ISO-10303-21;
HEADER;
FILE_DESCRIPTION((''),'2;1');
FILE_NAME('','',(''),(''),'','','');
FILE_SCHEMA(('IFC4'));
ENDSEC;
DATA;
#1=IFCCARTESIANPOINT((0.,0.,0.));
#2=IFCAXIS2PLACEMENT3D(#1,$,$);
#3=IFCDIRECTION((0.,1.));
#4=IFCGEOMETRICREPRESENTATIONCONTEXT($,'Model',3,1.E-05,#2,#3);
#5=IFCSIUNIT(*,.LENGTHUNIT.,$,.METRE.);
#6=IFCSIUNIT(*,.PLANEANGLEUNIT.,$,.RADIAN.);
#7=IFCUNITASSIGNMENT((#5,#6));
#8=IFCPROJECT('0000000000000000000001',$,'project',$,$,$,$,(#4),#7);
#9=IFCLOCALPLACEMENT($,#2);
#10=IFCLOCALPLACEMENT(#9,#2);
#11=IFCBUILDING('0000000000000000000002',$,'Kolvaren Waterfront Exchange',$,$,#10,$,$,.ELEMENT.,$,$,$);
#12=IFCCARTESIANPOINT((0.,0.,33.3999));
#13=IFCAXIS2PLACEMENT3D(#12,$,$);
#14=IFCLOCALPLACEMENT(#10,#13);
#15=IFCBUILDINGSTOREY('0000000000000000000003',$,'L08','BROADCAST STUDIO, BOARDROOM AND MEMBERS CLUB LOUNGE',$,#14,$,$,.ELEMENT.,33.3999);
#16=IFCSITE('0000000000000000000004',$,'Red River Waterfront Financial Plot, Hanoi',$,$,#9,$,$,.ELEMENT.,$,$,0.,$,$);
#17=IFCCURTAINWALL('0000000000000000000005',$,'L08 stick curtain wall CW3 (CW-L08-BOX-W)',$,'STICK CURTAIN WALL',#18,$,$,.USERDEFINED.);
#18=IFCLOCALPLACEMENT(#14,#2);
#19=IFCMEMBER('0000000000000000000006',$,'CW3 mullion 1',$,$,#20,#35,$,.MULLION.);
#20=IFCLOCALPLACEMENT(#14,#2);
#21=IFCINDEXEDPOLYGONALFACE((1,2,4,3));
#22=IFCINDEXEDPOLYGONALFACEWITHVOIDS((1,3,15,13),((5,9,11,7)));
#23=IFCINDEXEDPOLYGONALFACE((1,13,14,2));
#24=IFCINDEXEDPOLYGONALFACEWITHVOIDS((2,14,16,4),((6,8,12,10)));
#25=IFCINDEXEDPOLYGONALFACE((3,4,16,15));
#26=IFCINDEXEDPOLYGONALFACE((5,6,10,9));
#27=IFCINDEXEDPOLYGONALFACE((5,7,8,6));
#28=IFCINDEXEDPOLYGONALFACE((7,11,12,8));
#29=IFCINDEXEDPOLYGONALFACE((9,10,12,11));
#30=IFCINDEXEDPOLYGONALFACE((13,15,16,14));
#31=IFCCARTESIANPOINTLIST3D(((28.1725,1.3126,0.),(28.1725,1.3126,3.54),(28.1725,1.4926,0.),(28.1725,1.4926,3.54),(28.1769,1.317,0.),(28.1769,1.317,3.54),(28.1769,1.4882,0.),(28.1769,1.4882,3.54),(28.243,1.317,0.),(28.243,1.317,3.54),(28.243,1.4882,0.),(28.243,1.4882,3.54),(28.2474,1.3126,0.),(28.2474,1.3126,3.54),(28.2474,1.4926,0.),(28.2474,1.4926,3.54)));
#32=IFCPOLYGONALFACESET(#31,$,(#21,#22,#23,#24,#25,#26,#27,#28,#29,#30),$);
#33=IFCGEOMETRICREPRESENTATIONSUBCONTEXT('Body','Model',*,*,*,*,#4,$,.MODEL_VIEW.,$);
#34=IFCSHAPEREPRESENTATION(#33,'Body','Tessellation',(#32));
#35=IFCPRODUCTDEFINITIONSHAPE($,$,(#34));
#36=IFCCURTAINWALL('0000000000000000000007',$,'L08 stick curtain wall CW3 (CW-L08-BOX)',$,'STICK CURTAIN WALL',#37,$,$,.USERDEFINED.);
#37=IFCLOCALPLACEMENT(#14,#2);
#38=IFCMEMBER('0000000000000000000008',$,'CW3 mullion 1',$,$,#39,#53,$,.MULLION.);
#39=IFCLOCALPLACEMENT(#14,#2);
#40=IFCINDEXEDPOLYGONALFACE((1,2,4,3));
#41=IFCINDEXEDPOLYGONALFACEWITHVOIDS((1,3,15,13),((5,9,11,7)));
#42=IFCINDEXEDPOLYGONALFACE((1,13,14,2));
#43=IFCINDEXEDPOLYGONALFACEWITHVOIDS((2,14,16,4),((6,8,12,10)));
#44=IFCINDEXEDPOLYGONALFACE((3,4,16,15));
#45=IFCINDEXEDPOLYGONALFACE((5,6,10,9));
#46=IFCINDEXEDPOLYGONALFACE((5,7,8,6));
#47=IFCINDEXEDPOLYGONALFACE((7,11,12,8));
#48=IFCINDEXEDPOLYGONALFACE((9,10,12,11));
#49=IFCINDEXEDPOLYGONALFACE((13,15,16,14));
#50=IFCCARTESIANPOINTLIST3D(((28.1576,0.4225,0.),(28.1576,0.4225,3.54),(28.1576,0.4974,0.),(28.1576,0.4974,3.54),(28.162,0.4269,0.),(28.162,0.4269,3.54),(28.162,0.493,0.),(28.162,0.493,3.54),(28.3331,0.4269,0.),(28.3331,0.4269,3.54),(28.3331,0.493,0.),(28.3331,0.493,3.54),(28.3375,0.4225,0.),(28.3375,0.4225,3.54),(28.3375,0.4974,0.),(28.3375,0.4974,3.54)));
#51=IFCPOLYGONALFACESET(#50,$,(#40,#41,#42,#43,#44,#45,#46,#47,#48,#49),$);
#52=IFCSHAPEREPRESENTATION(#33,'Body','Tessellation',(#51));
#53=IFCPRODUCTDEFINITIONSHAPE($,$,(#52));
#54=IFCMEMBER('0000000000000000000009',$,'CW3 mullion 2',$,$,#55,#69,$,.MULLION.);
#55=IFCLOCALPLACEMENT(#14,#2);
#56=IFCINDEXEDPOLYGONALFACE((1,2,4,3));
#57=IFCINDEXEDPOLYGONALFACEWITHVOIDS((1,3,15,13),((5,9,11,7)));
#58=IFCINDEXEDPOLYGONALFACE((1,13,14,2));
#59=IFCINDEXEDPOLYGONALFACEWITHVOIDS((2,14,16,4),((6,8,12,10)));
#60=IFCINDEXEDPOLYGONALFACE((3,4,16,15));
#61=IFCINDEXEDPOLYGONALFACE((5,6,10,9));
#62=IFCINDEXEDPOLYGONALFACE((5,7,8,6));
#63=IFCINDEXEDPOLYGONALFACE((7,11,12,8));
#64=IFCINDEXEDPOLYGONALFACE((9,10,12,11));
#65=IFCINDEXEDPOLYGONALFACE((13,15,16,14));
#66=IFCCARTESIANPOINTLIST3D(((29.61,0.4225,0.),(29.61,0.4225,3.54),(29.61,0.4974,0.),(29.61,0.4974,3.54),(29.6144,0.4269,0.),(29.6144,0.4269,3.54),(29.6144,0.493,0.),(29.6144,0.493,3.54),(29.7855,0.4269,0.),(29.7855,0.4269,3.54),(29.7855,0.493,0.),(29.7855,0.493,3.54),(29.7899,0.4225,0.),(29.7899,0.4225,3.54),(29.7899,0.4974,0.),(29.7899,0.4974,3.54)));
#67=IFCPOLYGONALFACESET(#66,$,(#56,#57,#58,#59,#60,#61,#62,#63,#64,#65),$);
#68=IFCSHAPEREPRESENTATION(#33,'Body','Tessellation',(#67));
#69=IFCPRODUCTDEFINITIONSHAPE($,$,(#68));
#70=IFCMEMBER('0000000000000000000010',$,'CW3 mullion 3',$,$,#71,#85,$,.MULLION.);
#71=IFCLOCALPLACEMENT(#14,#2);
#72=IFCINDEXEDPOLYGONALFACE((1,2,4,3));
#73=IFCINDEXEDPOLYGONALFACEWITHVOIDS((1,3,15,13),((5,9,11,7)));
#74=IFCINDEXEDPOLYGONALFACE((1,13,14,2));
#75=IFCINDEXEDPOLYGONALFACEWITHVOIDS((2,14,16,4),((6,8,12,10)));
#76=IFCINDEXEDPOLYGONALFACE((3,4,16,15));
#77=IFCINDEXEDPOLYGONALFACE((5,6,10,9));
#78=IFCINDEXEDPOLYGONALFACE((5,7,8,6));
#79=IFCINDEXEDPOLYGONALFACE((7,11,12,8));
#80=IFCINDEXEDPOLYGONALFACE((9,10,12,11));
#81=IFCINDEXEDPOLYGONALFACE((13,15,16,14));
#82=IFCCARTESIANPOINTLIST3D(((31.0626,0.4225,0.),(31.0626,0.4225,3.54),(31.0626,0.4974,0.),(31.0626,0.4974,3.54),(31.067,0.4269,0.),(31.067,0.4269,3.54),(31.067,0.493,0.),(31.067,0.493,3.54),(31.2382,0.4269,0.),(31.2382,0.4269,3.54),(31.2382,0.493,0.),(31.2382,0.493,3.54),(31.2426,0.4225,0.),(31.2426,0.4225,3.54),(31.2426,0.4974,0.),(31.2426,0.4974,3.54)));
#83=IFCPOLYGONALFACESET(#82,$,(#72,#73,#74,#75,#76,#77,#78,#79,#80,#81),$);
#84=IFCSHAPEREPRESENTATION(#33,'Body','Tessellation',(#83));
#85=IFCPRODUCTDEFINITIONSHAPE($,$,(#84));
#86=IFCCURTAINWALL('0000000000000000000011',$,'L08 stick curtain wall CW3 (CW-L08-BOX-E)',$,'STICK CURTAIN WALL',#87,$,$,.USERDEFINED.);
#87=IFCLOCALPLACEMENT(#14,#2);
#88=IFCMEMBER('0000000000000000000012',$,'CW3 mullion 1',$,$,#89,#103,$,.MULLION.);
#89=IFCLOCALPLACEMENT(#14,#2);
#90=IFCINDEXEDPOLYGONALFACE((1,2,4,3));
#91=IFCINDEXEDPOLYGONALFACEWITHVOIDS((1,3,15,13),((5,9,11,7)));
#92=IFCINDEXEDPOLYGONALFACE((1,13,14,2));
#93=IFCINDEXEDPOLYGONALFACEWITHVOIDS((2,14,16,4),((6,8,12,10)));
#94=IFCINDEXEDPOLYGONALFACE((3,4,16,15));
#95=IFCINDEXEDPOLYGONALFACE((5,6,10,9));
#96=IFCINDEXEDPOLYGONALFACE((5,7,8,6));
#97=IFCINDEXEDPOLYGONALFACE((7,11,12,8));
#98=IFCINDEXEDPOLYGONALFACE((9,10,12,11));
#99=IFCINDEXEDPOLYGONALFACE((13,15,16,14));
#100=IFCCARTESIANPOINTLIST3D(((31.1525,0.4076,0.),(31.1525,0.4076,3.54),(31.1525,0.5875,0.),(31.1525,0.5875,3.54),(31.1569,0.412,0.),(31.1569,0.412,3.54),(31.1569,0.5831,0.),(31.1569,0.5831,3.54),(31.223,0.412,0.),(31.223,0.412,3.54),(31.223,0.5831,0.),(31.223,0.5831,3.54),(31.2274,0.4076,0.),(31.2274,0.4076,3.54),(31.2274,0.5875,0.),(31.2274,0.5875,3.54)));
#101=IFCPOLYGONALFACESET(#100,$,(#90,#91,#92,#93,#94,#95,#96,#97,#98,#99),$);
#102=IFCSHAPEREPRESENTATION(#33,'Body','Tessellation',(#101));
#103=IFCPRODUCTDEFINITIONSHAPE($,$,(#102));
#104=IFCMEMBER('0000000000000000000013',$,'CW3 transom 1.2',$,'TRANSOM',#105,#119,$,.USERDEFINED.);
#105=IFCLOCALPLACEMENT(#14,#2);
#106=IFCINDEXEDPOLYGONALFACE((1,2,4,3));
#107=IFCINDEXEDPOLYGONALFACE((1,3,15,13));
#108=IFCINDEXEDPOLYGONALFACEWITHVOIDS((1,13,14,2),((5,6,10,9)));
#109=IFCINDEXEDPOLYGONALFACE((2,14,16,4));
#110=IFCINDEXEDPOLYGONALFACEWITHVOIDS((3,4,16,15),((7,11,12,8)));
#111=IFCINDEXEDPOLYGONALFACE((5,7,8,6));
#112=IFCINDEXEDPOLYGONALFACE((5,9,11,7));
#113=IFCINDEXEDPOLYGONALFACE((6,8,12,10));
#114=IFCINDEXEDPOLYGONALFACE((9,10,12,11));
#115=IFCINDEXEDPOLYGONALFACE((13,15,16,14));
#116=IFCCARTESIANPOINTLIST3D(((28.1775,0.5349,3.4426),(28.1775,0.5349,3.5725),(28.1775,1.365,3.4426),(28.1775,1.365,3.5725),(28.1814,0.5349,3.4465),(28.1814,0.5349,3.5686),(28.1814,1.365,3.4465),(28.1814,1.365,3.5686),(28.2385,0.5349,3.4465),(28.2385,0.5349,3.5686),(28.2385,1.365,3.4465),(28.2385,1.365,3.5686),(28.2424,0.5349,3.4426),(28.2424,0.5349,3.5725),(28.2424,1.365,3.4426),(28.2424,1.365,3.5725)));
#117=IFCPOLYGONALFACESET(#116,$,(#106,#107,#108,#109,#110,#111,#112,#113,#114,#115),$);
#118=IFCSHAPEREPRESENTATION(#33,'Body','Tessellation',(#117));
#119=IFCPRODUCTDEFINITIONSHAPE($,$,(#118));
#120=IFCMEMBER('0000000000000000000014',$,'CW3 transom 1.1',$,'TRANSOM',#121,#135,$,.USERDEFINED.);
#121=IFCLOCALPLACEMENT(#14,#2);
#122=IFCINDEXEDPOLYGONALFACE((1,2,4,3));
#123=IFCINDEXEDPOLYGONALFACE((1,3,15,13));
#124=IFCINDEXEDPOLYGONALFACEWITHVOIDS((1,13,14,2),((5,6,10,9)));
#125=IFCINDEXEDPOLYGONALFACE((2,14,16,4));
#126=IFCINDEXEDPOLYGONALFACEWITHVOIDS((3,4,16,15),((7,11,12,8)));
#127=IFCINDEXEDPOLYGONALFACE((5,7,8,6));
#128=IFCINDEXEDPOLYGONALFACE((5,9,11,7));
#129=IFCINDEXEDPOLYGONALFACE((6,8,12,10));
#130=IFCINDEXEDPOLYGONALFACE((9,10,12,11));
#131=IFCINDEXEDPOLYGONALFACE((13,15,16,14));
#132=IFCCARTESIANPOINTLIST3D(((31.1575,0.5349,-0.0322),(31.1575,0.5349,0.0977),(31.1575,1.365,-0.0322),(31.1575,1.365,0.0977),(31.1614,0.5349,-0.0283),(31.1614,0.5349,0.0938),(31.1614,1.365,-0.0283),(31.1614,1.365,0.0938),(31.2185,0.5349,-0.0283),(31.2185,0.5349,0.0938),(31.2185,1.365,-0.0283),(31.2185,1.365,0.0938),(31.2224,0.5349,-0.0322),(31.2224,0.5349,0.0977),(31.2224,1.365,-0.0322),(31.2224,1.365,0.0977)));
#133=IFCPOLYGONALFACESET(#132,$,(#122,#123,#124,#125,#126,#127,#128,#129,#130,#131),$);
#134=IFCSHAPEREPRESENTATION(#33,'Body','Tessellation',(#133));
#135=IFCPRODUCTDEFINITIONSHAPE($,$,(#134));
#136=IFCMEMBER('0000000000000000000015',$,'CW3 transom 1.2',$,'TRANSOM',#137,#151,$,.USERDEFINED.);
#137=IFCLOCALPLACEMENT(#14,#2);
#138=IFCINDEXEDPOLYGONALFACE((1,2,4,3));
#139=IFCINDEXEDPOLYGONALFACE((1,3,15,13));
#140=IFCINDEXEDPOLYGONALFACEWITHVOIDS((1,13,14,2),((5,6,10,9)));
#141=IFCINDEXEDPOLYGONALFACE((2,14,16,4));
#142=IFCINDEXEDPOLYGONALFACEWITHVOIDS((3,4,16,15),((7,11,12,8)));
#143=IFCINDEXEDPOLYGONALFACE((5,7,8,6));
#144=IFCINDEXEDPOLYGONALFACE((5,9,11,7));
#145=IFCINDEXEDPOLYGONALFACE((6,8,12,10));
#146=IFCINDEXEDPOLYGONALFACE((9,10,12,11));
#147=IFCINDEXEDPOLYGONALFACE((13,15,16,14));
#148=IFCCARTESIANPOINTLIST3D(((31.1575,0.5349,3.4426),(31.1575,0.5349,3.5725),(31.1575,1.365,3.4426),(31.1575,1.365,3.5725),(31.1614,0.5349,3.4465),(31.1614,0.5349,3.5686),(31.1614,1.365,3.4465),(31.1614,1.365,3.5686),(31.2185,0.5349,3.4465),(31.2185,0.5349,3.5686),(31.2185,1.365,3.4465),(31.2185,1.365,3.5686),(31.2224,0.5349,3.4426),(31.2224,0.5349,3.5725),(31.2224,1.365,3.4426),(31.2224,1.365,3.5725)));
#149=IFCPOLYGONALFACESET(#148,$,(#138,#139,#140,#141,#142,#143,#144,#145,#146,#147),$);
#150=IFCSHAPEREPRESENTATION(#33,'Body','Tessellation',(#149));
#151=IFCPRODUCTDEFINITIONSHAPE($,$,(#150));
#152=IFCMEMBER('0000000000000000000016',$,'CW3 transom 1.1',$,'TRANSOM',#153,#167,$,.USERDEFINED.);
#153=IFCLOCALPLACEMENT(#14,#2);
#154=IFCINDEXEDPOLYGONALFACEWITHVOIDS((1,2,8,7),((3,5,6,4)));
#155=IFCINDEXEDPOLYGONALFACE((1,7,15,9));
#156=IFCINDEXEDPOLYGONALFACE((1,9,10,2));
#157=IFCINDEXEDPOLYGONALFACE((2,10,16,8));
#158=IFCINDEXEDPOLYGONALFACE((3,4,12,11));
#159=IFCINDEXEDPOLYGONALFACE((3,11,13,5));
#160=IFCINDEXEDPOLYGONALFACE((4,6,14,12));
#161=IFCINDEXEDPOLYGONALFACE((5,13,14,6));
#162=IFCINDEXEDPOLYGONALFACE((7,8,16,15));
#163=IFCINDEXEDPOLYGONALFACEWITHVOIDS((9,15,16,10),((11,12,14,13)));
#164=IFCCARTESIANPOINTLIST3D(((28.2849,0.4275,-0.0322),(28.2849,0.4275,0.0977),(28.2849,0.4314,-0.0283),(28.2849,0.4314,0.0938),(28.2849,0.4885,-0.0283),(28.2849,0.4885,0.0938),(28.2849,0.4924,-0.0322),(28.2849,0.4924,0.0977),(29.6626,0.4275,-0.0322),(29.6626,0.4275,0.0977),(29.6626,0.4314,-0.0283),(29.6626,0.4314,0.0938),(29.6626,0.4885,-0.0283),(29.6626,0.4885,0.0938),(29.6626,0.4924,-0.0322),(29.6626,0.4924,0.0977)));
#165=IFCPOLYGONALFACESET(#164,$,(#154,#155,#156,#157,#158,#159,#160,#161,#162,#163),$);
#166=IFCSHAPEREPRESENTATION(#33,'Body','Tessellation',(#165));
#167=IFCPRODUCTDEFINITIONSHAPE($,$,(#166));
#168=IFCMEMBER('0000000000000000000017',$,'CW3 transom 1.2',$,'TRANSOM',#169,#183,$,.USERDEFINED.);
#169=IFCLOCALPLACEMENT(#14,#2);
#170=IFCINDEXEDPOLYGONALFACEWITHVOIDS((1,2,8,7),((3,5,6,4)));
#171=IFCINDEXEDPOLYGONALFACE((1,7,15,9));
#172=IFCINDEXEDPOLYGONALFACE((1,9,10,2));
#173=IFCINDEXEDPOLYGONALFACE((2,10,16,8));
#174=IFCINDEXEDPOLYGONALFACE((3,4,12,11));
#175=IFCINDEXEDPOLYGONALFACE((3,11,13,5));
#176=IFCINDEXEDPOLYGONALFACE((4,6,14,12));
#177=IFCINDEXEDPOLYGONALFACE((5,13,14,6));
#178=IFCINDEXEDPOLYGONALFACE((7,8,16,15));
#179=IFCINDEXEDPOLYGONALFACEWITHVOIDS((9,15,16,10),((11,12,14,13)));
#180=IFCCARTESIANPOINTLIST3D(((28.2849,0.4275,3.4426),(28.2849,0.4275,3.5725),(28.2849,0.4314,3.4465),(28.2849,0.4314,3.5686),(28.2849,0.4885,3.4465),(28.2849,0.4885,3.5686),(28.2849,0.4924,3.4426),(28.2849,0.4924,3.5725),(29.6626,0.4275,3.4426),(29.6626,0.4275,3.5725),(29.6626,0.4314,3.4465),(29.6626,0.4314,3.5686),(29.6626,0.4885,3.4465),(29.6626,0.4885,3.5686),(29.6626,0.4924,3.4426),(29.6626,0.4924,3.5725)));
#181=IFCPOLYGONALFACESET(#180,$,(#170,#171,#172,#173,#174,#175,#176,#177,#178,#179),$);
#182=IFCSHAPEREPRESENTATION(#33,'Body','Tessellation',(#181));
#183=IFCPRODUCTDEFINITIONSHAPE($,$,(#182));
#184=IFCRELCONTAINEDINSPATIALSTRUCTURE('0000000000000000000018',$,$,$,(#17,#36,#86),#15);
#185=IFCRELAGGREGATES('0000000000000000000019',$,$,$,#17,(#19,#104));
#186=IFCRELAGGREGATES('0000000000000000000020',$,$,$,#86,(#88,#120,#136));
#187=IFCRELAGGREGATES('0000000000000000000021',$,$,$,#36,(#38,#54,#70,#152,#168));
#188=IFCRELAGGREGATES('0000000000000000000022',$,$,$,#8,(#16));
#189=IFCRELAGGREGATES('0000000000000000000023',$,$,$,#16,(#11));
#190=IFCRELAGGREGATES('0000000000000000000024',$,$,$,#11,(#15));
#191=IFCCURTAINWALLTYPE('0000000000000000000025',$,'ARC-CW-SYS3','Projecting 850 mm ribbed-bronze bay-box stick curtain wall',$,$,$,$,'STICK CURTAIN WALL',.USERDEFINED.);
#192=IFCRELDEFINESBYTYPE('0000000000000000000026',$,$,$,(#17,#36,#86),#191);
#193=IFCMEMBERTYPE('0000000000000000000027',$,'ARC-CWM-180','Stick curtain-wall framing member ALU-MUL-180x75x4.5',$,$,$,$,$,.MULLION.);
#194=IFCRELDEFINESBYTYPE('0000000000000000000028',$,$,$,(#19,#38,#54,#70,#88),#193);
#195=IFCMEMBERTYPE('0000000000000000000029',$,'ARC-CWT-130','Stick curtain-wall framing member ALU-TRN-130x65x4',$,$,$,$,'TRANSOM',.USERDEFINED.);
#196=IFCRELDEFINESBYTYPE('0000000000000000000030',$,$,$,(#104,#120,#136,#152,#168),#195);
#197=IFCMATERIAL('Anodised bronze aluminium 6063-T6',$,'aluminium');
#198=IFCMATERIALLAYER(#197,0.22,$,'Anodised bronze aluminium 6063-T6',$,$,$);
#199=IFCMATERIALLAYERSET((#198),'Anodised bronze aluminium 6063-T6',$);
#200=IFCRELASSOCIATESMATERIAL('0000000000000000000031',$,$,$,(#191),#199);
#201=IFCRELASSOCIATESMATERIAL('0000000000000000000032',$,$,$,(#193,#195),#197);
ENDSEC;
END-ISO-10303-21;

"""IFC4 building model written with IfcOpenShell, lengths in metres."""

from ifc_helpers import new_model, si_unit, direction, frame, origin, origin_with_axes, origin_2d, place, context, subcontext, project, spatial, hollow_rectangle, extrude, source, transform, mapped, material, layer, layer_set, material_profile, profile_set, type_object, element, aggregate, save


model = new_model("IFC4")

# Units and contexts
model_context = context("Model", 3, precision=1e-05, world=origin(), true_north=direction((0.0, 1.0)))
body_context = subcontext(model_context, "Body", "Model", "MODEL_VIEW")
ifc_project = project(units=[si_unit("LENGTHUNIT", "METRE"), si_unit("PLANEANGLEUNIT", "RADIAN")], contexts=[model_context])

# Site, building, storey
site_placement = place(None, origin())
site = spatial("IfcSite", under=ifc_project, at=site_placement, Name="Red River Waterfront Financial Plot, Hanoi", CompositionType="ELEMENT", RefElevation=0.0)
building_placement = place(site_placement, origin())
building = spatial("IfcBuilding", under=site, at=building_placement, Name="Kolvaren Waterfront Exchange", CompositionType="ELEMENT")
storey_placement = place(building_placement, frame((0.0, 0.0, 33.3999)))
storey = spatial("IfcBuildingStorey", under=building, at=storey_placement, Name="L08", Description="BROADCAST STUDIO, BOARDROOM AND MEMBERS CLUB LOUNGE", CompositionType="ELEMENT", Elevation=33.3999)

# Curtain wall, member
ifc_material_1 = material(Name="Anodised bronze aluminium 6063-T6", Category="aluminium")
ifc_layer_1 = layer(ifc_material_1, 0.22, Name="Anodised bronze aluminium 6063-T6")
ifc_layer_set_1 = layer_set([ifc_layer_1], Name="Anodised bronze aluminium 6063-T6")
curtain_wall_type_1 = type_object("IfcCurtainWallType", Name="ARC-CW-SYS3", Description="Projecting 850 mm ribbed-bronze bay-box stick curtain wall", ElementType="STICK CURTAIN WALL", PredefinedType="USERDEFINED", material=ifc_layer_set_1)
curtain_wall_1_placement = place(storey_placement, origin())
curtain_wall_1 = element("IfcCurtainWall", 1, at=curtain_wall_1_placement, inside=storey, type_object=curtain_wall_type_1, Name="L08 stick curtain wall CW3 (CW-L08-BOX-W)", ObjectType="STICK CURTAIN WALL", PredefinedType="USERDEFINED")
ifc_material_profile_1 = material_profile(ifc_material_1, hollow_rectangle(XDim=0.075, YDim=0.1799, WallThickness=0.0044, at=origin_2d()), Name="ALU-MUL-180x75x4.5")
ifc_profile_set_1 = profile_set([ifc_material_profile_1], Name="Anodised bronze aluminium 6063-T6")
member_type_1 = type_object("IfcMemberType", Name="ARC-CWM-180", Description="Stick curtain-wall framing member ALU-MUL-180x75x4.5", PredefinedType="MULLION", material=ifc_profile_set_1)
shared_shape_1 = source(origin_with_axes(), body_context, "Body", "SweptSolid", [
    extrude(hollow_rectangle(XDim=0.075, YDim=0.1799, WallThickness=0.0044, at=origin_2d()), origin(), (0.0, 0.0, 1.0), 3.54),
])
member_1_placement = place(storey_placement, frame((28.21, 1.4026, 0.0), z_axis=(0.0, 0.0, 1.0), x_axis=(1.0, 0.0, 0.0)))
member_1 = element("IfcMember", 2, at=member_1_placement, type_object=member_type_1, Name="CW3 mullion 1", PredefinedType="MULLION", context=body_context, shape_type="MappedRepresentation", body=[
    mapped(shared_shape_1, transform((0.0, 0.0, 0.0), x_axis=(1.0, 0.0, 0.0), y_axis=(0.0, 1.0, 0.0), z_axis=(0.0, 0.0, 1.0), scale=1.0)),
])

# Curtain wall, members
curtain_wall_2_placement = place(storey_placement, origin())
curtain_wall_2 = element("IfcCurtainWall", 3, at=curtain_wall_2_placement, inside=storey, type_object=curtain_wall_type_1, Name="L08 stick curtain wall CW3 (CW-L08-BOX)", ObjectType="STICK CURTAIN WALL", PredefinedType="USERDEFINED")
member_2_placement = place(storey_placement, frame((28.2476, 0.46, 0.0), z_axis=(0.0, 0.0, 1.0), x_axis=(0.0, 1.0, 0.0)))
member_2 = element("IfcMember", 4, at=member_2_placement, type_object=member_type_1, Name="CW3 mullion 1", PredefinedType="MULLION", context=body_context, shape_type="MappedRepresentation", body=[
    mapped(shared_shape_1, transform((0.0, 0.0, 0.0), x_axis=(1.0, 0.0, 0.0), y_axis=(0.0, 1.0, 0.0), z_axis=(0.0, 0.0, 1.0), scale=1.0)),
])
member_3_placement = place(storey_placement, frame((29.7, 0.46, 0.0), z_axis=(0.0, 0.0, 1.0), x_axis=(0.0, 1.0, 0.0)))
member_3 = element("IfcMember", 5, at=member_3_placement, type_object=member_type_1, Name="CW3 mullion 2", PredefinedType="MULLION", context=body_context, shape_type="MappedRepresentation", body=[
    mapped(shared_shape_1, transform((0.0, 0.0, 0.0), x_axis=(1.0, 0.0, 0.0), y_axis=(0.0, 1.0, 0.0), z_axis=(0.0, 0.0, 1.0), scale=1.0)),
])
member_4_placement = place(storey_placement, frame((31.1526, 0.46, 0.0), z_axis=(0.0, 0.0, 1.0), x_axis=(0.0, 1.0, 0.0)))
member_4 = element("IfcMember", 6, at=member_4_placement, type_object=member_type_1, Name="CW3 mullion 3", PredefinedType="MULLION", context=body_context, shape_type="MappedRepresentation", body=[
    mapped(shared_shape_1, transform((0.0, 0.0, 0.0), x_axis=(1.0, 0.0, 0.0), y_axis=(0.0, 1.0, 0.0), z_axis=(0.0, 0.0, 1.0), scale=1.0)),
])

# Curtain wall, member
curtain_wall_3_placement = place(storey_placement, origin())
curtain_wall_3 = element("IfcCurtainWall", 7, at=curtain_wall_3_placement, inside=storey, type_object=curtain_wall_type_1, Name="L08 stick curtain wall CW3 (CW-L08-BOX-E)", ObjectType="STICK CURTAIN WALL", PredefinedType="USERDEFINED")
member_5_placement = place(storey_placement, frame((31.1899, 0.4976, 0.0), z_axis=(0.0, 0.0, 1.0), x_axis=(-1.0, 0.0, 0.0)))
member_5 = element("IfcMember", 8, at=member_5_placement, type_object=member_type_1, Name="CW3 mullion 1", PredefinedType="MULLION", context=body_context, shape_type="MappedRepresentation", body=[
    mapped(shared_shape_1, transform((0.0, 0.0, 0.0), x_axis=(1.0, 0.0, 0.0), y_axis=(0.0, 1.0, 0.0), z_axis=(0.0, 0.0, 1.0), scale=1.0)),
])

# Members
ifc_material_profile_2 = material_profile(ifc_material_1, hollow_rectangle(XDim=0.0649, YDim=0.1299, WallThickness=0.0039, at=origin_2d()), Name="ALU-TRN-130x65x4")
ifc_profile_set_2 = profile_set([ifc_material_profile_2], Name="Anodised bronze aluminium 6063-T6")
member_type_2 = type_object("IfcMemberType", Name="ARC-CWT-130", Description="Stick curtain-wall framing member ALU-TRN-130x65x4", ElementType="TRANSOM", PredefinedType="USERDEFINED", material=ifc_profile_set_2)
shared_shape_2 = source(origin_with_axes(), body_context, "Body", "SweptSolid", [
    extrude(hollow_rectangle(XDim=0.0649, YDim=0.1299, WallThickness=0.0039, at=origin_2d()), origin(), (0.0, 0.0, 1.0), 0.8301),
])
member_6_placement = place(storey_placement, frame((28.21, 1.365, 3.5076), z_axis=(0.0, -1.0, 0.0), x_axis=(1.0, 0.0, 0.0)))
member_6 = element("IfcMember", 9, at=member_6_placement, type_object=member_type_2, Name="CW3 transom 1.2", ObjectType="TRANSOM", PredefinedType="USERDEFINED", context=body_context, shape_type="MappedRepresentation", body=[
    mapped(shared_shape_2, transform((0.0, 0.0, 0.0), x_axis=(1.0, 0.0, 0.0), y_axis=(0.0, 1.0, 0.0), z_axis=(0.0, 0.0, 1.0), scale=1.0)),
])
aggregate(curtain_wall_1, [member_1, member_6])
member_7_placement = place(storey_placement, frame((31.1899, 0.5349, 0.0327), z_axis=(0.0, 1.0, 0.0), x_axis=(-1.0, 0.0, 0.0)))
member_7 = element("IfcMember", 10, at=member_7_placement, type_object=member_type_2, Name="CW3 transom 1.1", ObjectType="TRANSOM", PredefinedType="USERDEFINED", context=body_context, shape_type="MappedRepresentation", body=[
    mapped(shared_shape_2, transform((0.0, 0.0, 0.0), x_axis=(1.0, 0.0, 0.0), y_axis=(0.0, 1.0, 0.0), z_axis=(0.0, 0.0, 1.0), scale=1.0)),
])
member_8_placement = place(storey_placement, frame((31.1899, 0.5349, 3.5076), z_axis=(0.0, 1.0, 0.0), x_axis=(-1.0, 0.0, 0.0)))
member_8 = element("IfcMember", 11, at=member_8_placement, type_object=member_type_2, Name="CW3 transom 1.2", ObjectType="TRANSOM", PredefinedType="USERDEFINED", context=body_context, shape_type="MappedRepresentation", body=[
    mapped(shared_shape_2, transform((0.0, 0.0, 0.0), x_axis=(1.0, 0.0, 0.0), y_axis=(0.0, 1.0, 0.0), z_axis=(0.0, 0.0, 1.0), scale=1.0)),
])
aggregate(curtain_wall_3, [member_5, member_7, member_8])
shared_shape_3 = source(origin_with_axes(), body_context, "Body", "SweptSolid", [
    extrude(hollow_rectangle(XDim=0.0649, YDim=0.1299, WallThickness=0.0039, at=origin_2d()), origin(), (0.0, 0.0, 1.0), 1.3777),
])
member_9_placement = place(storey_placement, frame((28.2849, 0.46, 0.0327), z_axis=(1.0, 0.0, 0.0), x_axis=(0.0, 1.0, 0.0)))
member_9 = element("IfcMember", 12, at=member_9_placement, type_object=member_type_2, Name="CW3 transom 1.1", ObjectType="TRANSOM", PredefinedType="USERDEFINED", context=body_context, shape_type="MappedRepresentation", body=[
    mapped(shared_shape_3, transform((0.0, 0.0, 0.0), x_axis=(1.0, 0.0, 0.0), y_axis=(0.0, 1.0, 0.0), z_axis=(0.0, 0.0, 1.0), scale=1.0)),
])
member_10_placement = place(storey_placement, frame((28.2849, 0.46, 3.5076), z_axis=(1.0, 0.0, 0.0), x_axis=(0.0, 1.0, 0.0)))
member_10 = element("IfcMember", 13, at=member_10_placement, type_object=member_type_2, Name="CW3 transom 1.2", ObjectType="TRANSOM", PredefinedType="USERDEFINED", context=body_context, shape_type="MappedRepresentation", body=[
    mapped(shared_shape_3, transform((0.0, 0.0, 0.0), x_axis=(1.0, 0.0, 0.0), y_axis=(0.0, 1.0, 0.0), z_axis=(0.0, 0.0, 1.0), scale=1.0)),
])

aggregate(curtain_wall_2, [member_2, member_3, member_4, member_9, member_10])

save(model, "model.ifc")
